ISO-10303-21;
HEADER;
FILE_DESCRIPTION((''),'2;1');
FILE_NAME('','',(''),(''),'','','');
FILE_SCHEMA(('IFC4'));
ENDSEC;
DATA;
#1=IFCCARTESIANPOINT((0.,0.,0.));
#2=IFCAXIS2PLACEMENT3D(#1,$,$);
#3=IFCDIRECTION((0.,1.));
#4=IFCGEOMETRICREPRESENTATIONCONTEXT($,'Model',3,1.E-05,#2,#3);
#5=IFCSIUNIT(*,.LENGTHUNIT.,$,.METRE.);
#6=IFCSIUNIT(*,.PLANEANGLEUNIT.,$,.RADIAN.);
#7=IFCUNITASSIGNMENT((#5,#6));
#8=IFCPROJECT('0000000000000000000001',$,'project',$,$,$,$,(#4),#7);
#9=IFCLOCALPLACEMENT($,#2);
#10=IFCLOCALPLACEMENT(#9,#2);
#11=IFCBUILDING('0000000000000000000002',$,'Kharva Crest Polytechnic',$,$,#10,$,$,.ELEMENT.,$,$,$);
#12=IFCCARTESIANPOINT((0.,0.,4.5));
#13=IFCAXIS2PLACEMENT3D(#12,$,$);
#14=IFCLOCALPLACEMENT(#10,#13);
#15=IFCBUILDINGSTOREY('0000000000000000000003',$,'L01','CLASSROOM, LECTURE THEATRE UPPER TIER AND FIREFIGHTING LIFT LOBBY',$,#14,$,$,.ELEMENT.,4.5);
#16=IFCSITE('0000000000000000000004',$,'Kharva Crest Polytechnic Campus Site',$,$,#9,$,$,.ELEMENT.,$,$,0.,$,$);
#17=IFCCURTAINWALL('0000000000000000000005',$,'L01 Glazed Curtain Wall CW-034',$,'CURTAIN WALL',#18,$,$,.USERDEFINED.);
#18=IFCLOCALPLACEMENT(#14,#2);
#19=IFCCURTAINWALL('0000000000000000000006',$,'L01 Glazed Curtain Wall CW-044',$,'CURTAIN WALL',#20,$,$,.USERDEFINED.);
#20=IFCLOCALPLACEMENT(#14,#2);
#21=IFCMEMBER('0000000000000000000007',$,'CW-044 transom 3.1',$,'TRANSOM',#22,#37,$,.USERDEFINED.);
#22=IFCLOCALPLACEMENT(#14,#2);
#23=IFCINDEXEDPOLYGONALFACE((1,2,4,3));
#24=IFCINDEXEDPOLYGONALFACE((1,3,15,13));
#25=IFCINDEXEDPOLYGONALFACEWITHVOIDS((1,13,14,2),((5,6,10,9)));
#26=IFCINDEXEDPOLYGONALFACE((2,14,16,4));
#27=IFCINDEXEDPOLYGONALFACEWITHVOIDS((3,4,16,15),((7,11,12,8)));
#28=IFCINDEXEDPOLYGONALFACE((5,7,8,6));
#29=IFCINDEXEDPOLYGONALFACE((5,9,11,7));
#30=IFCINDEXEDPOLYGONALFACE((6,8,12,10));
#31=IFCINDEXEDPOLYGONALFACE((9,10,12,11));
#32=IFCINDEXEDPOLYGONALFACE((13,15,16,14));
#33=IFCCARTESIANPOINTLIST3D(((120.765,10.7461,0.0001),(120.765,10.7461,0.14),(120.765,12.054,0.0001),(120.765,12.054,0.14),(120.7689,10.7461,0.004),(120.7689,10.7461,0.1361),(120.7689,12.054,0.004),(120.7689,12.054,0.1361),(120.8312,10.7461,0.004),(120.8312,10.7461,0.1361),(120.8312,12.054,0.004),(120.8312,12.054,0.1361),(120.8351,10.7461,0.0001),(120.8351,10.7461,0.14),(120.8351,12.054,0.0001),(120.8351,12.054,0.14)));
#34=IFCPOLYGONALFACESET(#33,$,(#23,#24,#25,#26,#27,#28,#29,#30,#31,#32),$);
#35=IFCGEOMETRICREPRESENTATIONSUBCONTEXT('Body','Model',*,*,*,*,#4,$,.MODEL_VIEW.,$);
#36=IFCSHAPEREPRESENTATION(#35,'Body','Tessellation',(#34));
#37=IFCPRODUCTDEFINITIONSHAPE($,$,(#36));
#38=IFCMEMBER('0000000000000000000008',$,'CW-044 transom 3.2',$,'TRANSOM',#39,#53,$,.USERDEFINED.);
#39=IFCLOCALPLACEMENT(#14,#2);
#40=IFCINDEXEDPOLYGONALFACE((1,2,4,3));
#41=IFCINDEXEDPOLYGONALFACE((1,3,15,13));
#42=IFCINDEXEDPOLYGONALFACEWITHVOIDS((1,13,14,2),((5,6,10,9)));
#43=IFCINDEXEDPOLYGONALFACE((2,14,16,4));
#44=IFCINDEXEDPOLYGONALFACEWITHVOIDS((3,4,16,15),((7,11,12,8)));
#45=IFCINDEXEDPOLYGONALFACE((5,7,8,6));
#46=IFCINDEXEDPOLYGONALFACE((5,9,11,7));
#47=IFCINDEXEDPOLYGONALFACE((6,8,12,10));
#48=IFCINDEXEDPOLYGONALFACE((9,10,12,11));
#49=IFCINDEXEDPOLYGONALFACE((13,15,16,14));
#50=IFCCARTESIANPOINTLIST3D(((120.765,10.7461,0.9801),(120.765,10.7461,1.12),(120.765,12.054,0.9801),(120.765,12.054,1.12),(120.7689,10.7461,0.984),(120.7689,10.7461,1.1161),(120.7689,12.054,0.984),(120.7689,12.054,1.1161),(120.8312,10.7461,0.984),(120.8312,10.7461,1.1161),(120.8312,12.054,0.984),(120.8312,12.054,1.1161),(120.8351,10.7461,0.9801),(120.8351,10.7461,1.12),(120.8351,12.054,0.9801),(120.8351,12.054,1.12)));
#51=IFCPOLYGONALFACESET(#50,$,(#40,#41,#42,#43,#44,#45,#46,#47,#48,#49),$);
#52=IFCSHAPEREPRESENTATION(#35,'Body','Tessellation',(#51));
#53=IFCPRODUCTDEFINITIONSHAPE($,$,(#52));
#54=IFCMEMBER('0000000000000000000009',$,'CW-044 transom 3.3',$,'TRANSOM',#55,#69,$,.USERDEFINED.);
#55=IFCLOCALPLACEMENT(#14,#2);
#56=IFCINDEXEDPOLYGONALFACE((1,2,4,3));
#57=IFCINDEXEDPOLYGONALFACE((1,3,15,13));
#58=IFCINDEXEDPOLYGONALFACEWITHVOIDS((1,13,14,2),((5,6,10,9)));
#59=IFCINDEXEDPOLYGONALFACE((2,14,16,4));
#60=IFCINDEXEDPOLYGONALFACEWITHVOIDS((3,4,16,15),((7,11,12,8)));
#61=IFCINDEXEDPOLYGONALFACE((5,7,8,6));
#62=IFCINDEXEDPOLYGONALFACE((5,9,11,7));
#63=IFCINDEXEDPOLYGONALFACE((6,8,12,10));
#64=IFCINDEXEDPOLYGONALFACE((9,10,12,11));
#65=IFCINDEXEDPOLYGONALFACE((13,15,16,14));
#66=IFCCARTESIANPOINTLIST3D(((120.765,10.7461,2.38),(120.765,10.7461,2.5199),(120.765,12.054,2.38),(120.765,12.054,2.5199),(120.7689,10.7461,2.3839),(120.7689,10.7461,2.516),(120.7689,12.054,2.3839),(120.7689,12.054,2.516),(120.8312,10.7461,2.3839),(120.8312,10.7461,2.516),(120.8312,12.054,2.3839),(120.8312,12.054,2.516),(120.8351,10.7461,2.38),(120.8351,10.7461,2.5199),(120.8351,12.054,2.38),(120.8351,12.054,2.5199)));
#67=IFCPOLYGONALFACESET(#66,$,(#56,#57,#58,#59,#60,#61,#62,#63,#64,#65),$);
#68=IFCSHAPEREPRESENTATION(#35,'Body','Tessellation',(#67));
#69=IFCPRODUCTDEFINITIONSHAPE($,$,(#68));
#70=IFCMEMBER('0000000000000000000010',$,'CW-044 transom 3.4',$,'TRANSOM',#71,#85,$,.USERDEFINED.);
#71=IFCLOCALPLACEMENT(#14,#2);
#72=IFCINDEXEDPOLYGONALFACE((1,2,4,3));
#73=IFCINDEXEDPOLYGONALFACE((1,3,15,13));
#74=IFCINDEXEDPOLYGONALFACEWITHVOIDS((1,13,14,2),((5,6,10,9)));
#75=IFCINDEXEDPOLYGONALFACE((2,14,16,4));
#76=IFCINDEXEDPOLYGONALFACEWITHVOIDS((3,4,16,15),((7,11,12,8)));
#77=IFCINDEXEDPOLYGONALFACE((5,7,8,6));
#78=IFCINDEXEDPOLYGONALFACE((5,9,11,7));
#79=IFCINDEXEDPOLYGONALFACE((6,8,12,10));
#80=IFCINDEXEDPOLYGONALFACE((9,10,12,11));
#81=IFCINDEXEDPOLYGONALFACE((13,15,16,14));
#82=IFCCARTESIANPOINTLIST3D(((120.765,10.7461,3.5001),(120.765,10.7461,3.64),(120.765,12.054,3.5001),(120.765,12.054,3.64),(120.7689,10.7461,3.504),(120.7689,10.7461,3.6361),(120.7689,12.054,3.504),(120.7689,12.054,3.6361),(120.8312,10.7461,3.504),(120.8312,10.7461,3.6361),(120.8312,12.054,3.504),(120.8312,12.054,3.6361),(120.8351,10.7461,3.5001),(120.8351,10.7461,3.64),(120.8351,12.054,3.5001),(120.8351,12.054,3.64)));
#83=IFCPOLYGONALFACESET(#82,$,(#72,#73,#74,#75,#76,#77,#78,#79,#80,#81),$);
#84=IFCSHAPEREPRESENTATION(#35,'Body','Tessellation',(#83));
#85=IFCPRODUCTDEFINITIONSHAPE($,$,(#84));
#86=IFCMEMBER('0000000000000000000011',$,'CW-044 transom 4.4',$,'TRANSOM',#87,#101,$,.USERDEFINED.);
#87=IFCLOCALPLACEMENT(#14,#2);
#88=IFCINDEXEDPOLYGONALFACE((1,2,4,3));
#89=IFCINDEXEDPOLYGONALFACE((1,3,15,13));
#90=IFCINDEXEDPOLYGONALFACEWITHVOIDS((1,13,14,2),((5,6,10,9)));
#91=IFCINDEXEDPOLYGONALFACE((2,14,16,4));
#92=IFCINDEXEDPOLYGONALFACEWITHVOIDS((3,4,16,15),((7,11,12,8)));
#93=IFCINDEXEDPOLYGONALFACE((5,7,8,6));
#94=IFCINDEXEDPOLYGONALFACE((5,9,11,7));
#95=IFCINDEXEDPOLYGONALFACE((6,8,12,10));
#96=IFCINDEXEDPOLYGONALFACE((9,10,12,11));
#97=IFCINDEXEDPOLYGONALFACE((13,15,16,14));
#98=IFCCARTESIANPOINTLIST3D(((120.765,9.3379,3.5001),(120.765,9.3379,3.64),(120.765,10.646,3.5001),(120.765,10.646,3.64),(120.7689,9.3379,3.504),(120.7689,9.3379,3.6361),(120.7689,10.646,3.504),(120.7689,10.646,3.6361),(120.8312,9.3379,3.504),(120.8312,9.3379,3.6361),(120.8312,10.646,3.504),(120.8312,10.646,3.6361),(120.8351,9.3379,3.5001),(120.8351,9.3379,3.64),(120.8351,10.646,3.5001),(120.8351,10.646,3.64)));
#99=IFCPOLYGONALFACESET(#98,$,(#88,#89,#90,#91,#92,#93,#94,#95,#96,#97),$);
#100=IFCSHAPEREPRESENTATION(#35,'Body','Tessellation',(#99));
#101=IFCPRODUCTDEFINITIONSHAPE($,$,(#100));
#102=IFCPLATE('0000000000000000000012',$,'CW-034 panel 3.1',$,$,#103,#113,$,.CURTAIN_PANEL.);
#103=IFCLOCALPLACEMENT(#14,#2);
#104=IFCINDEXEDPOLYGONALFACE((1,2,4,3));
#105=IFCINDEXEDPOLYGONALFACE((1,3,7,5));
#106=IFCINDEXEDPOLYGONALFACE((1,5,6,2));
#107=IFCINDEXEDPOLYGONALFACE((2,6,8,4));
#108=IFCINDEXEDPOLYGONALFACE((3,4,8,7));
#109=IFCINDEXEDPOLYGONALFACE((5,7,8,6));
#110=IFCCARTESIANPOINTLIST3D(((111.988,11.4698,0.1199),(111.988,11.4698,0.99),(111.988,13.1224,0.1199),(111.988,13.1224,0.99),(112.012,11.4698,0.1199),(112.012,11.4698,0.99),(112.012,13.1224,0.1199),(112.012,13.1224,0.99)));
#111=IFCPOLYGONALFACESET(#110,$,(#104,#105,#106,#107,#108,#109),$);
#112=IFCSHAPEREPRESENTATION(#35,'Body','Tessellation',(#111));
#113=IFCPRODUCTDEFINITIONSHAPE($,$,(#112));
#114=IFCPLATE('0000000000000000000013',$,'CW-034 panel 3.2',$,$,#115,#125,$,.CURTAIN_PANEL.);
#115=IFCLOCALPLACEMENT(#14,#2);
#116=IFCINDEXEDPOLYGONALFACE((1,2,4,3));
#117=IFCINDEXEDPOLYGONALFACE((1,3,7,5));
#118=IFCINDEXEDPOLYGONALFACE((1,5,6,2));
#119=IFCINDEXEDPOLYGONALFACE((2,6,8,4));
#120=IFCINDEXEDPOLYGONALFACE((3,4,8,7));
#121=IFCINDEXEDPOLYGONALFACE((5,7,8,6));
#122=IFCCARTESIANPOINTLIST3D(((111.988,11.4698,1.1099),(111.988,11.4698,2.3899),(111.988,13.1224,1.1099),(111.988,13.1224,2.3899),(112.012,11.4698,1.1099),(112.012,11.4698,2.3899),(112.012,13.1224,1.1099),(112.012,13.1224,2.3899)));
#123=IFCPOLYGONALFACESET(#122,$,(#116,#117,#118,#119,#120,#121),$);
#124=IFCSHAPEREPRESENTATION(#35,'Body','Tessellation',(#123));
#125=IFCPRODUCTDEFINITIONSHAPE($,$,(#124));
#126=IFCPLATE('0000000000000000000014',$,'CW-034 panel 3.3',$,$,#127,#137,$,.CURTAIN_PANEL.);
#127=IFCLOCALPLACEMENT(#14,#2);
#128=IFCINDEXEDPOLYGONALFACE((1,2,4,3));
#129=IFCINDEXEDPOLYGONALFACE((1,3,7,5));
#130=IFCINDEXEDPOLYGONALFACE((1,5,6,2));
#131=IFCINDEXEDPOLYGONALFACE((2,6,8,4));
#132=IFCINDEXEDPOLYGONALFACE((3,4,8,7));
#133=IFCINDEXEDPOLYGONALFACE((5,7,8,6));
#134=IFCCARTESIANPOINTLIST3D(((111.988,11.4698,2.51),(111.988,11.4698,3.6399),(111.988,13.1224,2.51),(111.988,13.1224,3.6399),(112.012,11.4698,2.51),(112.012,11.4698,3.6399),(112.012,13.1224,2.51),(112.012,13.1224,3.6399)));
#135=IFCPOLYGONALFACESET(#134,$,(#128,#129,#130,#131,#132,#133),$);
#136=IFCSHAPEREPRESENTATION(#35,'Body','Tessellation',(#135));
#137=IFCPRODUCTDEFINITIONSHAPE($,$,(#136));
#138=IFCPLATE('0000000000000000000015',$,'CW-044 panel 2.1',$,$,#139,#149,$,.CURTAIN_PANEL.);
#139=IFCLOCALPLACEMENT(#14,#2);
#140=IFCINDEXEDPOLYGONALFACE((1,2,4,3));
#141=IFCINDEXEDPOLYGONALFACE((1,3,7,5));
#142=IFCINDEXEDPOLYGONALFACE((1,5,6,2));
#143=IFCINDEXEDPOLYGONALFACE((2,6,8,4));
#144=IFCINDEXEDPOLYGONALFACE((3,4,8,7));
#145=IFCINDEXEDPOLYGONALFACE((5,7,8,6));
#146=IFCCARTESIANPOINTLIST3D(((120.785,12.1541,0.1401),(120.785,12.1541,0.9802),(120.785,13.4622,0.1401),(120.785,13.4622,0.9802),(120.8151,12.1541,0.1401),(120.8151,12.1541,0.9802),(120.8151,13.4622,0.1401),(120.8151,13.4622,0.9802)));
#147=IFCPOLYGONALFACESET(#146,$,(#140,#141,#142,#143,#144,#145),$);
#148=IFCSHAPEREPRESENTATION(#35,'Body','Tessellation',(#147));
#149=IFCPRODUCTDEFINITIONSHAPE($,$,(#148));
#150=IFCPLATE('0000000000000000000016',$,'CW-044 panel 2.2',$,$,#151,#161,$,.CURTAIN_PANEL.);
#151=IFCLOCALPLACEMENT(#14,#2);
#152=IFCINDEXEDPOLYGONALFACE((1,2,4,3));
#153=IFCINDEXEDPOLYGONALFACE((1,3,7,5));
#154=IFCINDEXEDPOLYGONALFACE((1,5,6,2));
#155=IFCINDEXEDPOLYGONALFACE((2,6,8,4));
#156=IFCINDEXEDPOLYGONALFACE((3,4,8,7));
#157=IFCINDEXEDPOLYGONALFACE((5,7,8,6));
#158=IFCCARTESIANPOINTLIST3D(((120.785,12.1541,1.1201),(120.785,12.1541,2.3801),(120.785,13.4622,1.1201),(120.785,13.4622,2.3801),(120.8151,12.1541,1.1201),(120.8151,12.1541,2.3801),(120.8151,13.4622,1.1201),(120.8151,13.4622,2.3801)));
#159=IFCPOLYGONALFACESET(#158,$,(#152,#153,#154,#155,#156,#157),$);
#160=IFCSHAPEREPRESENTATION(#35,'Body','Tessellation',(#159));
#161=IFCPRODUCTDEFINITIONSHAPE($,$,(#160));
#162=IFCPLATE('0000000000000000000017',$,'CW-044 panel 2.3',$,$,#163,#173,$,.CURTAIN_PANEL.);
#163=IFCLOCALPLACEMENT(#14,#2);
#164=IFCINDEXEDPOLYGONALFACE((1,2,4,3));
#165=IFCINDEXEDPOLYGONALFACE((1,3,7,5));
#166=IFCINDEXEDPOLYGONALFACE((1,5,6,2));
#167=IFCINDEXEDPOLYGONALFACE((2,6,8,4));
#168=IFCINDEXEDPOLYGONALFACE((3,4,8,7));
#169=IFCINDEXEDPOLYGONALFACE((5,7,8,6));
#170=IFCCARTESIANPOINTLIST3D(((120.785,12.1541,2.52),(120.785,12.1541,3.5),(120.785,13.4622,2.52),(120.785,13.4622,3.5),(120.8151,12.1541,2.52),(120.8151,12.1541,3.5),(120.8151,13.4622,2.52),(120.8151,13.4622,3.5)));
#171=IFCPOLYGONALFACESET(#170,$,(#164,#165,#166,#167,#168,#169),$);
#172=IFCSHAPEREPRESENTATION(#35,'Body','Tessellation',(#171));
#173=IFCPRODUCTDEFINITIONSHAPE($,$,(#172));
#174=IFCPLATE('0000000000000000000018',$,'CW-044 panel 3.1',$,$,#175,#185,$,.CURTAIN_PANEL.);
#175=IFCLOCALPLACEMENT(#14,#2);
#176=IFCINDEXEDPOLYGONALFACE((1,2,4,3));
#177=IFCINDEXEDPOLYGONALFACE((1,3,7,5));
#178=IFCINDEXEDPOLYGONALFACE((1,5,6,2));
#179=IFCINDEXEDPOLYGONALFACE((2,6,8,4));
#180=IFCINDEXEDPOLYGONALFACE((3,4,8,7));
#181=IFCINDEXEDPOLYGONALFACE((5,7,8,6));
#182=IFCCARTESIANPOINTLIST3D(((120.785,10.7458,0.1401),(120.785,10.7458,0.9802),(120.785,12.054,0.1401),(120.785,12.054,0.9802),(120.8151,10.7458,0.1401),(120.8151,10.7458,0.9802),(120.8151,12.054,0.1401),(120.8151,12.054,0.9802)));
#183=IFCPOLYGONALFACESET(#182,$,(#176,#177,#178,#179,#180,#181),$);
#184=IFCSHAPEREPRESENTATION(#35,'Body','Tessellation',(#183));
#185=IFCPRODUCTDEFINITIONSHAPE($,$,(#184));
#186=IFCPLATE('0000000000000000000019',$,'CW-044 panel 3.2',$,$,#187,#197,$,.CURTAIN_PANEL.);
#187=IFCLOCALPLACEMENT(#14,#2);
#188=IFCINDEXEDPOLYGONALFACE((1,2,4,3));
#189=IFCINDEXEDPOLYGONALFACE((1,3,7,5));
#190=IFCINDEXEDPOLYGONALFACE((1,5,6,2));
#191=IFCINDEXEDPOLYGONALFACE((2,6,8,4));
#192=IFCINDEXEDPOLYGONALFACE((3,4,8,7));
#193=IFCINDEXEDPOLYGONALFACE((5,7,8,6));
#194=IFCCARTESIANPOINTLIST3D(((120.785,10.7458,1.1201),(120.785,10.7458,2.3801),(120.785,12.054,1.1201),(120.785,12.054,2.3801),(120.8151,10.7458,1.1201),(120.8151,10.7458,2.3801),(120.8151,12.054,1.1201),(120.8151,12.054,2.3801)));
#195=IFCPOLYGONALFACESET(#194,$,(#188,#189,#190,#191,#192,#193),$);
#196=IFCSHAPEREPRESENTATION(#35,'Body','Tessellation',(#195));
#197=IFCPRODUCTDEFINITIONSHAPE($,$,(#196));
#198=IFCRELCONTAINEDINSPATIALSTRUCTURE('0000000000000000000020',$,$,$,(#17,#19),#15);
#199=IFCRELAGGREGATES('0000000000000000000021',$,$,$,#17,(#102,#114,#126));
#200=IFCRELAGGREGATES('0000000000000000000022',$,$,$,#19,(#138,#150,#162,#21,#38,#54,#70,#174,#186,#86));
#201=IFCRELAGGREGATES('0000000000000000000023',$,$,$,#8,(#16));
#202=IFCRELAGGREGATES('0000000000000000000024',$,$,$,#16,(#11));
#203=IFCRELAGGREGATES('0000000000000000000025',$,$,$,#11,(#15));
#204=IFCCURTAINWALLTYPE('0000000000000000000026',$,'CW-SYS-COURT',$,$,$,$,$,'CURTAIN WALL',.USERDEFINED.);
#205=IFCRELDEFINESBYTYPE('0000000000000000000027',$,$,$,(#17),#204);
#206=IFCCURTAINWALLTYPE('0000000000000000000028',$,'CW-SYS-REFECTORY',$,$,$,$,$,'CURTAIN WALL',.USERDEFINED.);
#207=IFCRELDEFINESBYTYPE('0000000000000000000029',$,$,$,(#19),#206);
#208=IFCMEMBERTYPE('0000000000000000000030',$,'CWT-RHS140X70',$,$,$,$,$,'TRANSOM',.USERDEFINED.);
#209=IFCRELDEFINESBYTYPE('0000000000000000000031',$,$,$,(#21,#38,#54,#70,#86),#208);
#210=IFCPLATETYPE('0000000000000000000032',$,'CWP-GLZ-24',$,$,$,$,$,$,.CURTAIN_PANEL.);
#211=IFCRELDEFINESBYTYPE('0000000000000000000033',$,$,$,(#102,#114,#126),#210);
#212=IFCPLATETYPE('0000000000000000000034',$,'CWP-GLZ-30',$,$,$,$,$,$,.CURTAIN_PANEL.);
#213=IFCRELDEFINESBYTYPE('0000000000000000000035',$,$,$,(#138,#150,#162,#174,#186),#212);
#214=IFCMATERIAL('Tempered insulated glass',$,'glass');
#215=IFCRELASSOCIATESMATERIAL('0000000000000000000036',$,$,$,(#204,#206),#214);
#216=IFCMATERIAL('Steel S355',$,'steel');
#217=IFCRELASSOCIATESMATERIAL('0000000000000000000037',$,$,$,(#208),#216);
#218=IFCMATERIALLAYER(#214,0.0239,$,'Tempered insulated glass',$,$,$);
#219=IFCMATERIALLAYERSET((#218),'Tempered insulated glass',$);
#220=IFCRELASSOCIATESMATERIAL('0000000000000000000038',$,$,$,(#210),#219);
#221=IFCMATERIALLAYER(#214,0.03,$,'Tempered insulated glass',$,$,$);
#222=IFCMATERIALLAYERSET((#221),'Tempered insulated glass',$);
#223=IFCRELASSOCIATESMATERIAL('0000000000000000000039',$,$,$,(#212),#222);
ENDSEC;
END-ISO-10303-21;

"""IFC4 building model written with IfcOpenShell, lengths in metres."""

from ifc_helpers import new_model, si_unit, direction, frame, origin, origin_2d, place, context, subcontext, project, spatial, rectangle, hollow_rectangle, extrude, material, layer, layer_set, material_profile, profile_set, type_object, element, aggregate, save


model = new_model("IFC4")

# Units and contexts
model_context = context("Model", 3, precision=1e-05, world=origin(), true_north=direction((0.0, 1.0)))
body_context = subcontext(model_context, "Body", "Model", "MODEL_VIEW")
ifc_project = project(units=[si_unit("LENGTHUNIT", "METRE"), si_unit("PLANEANGLEUNIT", "RADIAN")], contexts=[model_context])

# Site, building, storey
site_placement = place(None, origin())
site = spatial("IfcSite", under=ifc_project, at=site_placement, Name="Kharva Crest Polytechnic Campus Site", CompositionType="ELEMENT", RefElevation=0.0)
building_placement = place(site_placement, origin())
building = spatial("IfcBuilding", under=site, at=building_placement, Name="Kharva Crest Polytechnic", CompositionType="ELEMENT")
storey_placement = place(building_placement, frame((0.0, 0.0, 4.5)))
storey = spatial("IfcBuildingStorey", under=building, at=storey_placement, Name="L01", Description="CLASSROOM, LECTURE THEATRE UPPER TIER AND FIREFIGHTING LIFT LOBBY", CompositionType="ELEMENT", Elevation=4.5)

# Curtain wall
ifc_material_1 = material(Name="Tempered insulated glass", Category="glass")
curtain_wall_type_1 = type_object("IfcCurtainWallType", Name="CW-SYS-COURT", ElementType="CURTAIN WALL", PredefinedType="USERDEFINED", material=ifc_material_1)
curtain_wall_1_placement = place(storey_placement, origin())
curtain_wall_1 = element("IfcCurtainWall", 1, at=curtain_wall_1_placement, inside=storey, type_object=curtain_wall_type_1, Name="L01 Glazed Curtain Wall CW-034", ObjectType="CURTAIN WALL", PredefinedType="USERDEFINED")
ifc_material_2 = material(Name="Steel S355", Category="steel")

# Curtain wall
curtain_wall_type_2 = type_object("IfcCurtainWallType", Name="CW-SYS-REFECTORY", ElementType="CURTAIN WALL", PredefinedType="USERDEFINED", material=ifc_material_1)
curtain_wall_2_placement = place(storey_placement, origin())
curtain_wall_2 = element("IfcCurtainWall", 2, at=curtain_wall_2_placement, inside=storey, type_object=curtain_wall_type_2, Name="L01 Glazed Curtain Wall CW-044", ObjectType="CURTAIN WALL", PredefinedType="USERDEFINED")

# Members
ifc_material_profile_1 = material_profile(ifc_material_2, hollow_rectangle(XDim=0.0701, YDim=0.1399, WallThickness=0.0039, at=origin_2d()), Name="RHS 140X70X4.0")
ifc_profile_set_1 = profile_set([ifc_material_profile_1], Name="Steel S355")
member_type_1 = type_object("IfcMemberType", Name="CWT-RHS140X70", ElementType="TRANSOM", PredefinedType="USERDEFINED", material=ifc_profile_set_1)
member_1_placement = place(storey_placement, frame((120.8, 12.054, 0.0701), z_axis=(0.0, -1.0, 0.0), x_axis=(1.0, 0.0, 0.0)))
member_1 = element("IfcMember", 3, at=member_1_placement, type_object=member_type_1, Name="CW-044 transom 3.1", ObjectType="TRANSOM", PredefinedType="USERDEFINED", context=body_context, shape_type="SweptSolid", body=[
    extrude(hollow_rectangle(XDim=0.0701, YDim=0.1399, WallThickness=0.0039, at=origin_2d()), origin(), (0.0, 0.0, 1.0), 1.3079),
])
member_2_placement = place(storey_placement, frame((120.8, 12.054, 1.05), z_axis=(0.0, -1.0, 0.0), x_axis=(1.0, 0.0, 0.0)))
member_2 = element("IfcMember", 4, at=member_2_placement, type_object=member_type_1, Name="CW-044 transom 3.2", ObjectType="TRANSOM", PredefinedType="USERDEFINED", context=body_context, shape_type="SweptSolid", body=[
    extrude(hollow_rectangle(XDim=0.0701, YDim=0.1399, WallThickness=0.0039, at=origin_2d()), origin(), (0.0, 0.0, 1.0), 1.3079),
])
member_3_placement = place(storey_placement, frame((120.8, 12.054, 2.45), z_axis=(0.0, -1.0, 0.0), x_axis=(1.0, 0.0, 0.0)))
member_3 = element("IfcMember", 5, at=member_3_placement, type_object=member_type_1, Name="CW-044 transom 3.3", ObjectType="TRANSOM", PredefinedType="USERDEFINED", context=body_context, shape_type="SweptSolid", body=[
    extrude(hollow_rectangle(XDim=0.0701, YDim=0.1399, WallThickness=0.0039, at=origin_2d()), origin(), (0.0, 0.0, 1.0), 1.3079),
])
member_4_placement = place(storey_placement, frame((120.8, 12.054, 3.5701), z_axis=(0.0, -1.0, 0.0), x_axis=(1.0, 0.0, 0.0)))
member_4 = element("IfcMember", 6, at=member_4_placement, type_object=member_type_1, Name="CW-044 transom 3.4", ObjectType="TRANSOM", PredefinedType="USERDEFINED", context=body_context, shape_type="SweptSolid", body=[
    extrude(hollow_rectangle(XDim=0.0701, YDim=0.1399, WallThickness=0.0039, at=origin_2d()), origin(), (0.0, 0.0, 1.0), 1.3079),
])
member_5_placement = place(storey_placement, frame((120.8, 10.646, 3.5701), z_axis=(0.0, -1.0, 0.0), x_axis=(1.0, 0.0, 0.0)))
member_5 = element("IfcMember", 7, at=member_5_placement, type_object=member_type_1, Name="CW-044 transom 4.4", ObjectType="TRANSOM", PredefinedType="USERDEFINED", context=body_context, shape_type="SweptSolid", body=[
    extrude(hollow_rectangle(XDim=0.0701, YDim=0.1399, WallThickness=0.0039, at=origin_2d()), origin(), (0.0, 0.0, 1.0), 1.3081),
])

# Plates
ifc_layer_1 = layer(ifc_material_1, 0.0239, Name="Tempered insulated glass")
ifc_layer_set_1 = layer_set([ifc_layer_1], Name="Tempered insulated glass")
plate_type_1 = type_object("IfcPlateType", Name="CWP-GLZ-24", PredefinedType="CURTAIN_PANEL", material=ifc_layer_set_1)
plate_1_placement = place(storey_placement, frame((112.0, 12.2961, 0.1199), z_axis=(0.0, 0.0, 1.0), x_axis=(0.0, 1.0, 0.0)))
plate_1 = element("IfcPlate", 8, at=plate_1_placement, type_object=plate_type_1, Name="CW-034 panel 3.1", PredefinedType="CURTAIN_PANEL", context=body_context, shape_type="SweptSolid", body=[
    extrude(rectangle(XDim=1.6526, YDim=0.0239, at=origin_2d()), origin(), (0.0, 0.0, 1.0), 0.8701),
])
plate_2_placement = place(storey_placement, frame((112.0, 12.2961, 1.1099), z_axis=(0.0, 0.0, 1.0), x_axis=(0.0, 1.0, 0.0)))
plate_2 = element("IfcPlate", 9, at=plate_2_placement, type_object=plate_type_1, Name="CW-034 panel 3.2", PredefinedType="CURTAIN_PANEL", context=body_context, shape_type="SweptSolid", body=[
    extrude(rectangle(XDim=1.6526, YDim=0.0239, at=origin_2d()), origin(), (0.0, 0.0, 1.0), 1.28),
])
plate_3_placement = place(storey_placement, frame((112.0, 12.2961, 2.51), z_axis=(0.0, 0.0, 1.0), x_axis=(0.0, 1.0, 0.0)))
plate_3 = element("IfcPlate", 10, at=plate_3_placement, type_object=plate_type_1, Name="CW-034 panel 3.3", PredefinedType="CURTAIN_PANEL", context=body_context, shape_type="SweptSolid", body=[
    extrude(rectangle(XDim=1.6526, YDim=0.0239, at=origin_2d()), origin(), (0.0, 0.0, 1.0), 1.1299),
])
aggregate(curtain_wall_1, [plate_1, plate_2, plate_3])
ifc_layer_2 = layer(ifc_material_1, 0.03, Name="Tempered insulated glass")
ifc_layer_set_2 = layer_set([ifc_layer_2], Name="Tempered insulated glass")
plate_type_2 = type_object("IfcPlateType", Name="CWP-GLZ-30", PredefinedType="CURTAIN_PANEL", material=ifc_layer_set_2)
plate_4_placement = place(storey_placement, frame((120.8, 12.8081, 0.1401), z_axis=(0.0, 0.0, 1.0), x_axis=(0.0, -1.0, 0.0)))
plate_4 = element("IfcPlate", 11, at=plate_4_placement, type_object=plate_type_2, Name="CW-044 panel 2.1", PredefinedType="CURTAIN_PANEL", context=body_context, shape_type="SweptSolid", body=[
    extrude(rectangle(XDim=1.3081, YDim=0.03, at=origin_2d()), origin(), (0.0, 0.0, 1.0), 0.8401),
])
plate_5_placement = place(storey_placement, frame((120.8, 12.8081, 1.1201), z_axis=(0.0, 0.0, 1.0), x_axis=(0.0, -1.0, 0.0)))
plate_5 = element("IfcPlate", 12, at=plate_5_placement, type_object=plate_type_2, Name="CW-044 panel 2.2", PredefinedType="CURTAIN_PANEL", context=body_context, shape_type="SweptSolid", body=[
    extrude(rectangle(XDim=1.3081, YDim=0.03, at=origin_2d()), origin(), (0.0, 0.0, 1.0), 1.26),
])
plate_6_placement = place(storey_placement, frame((120.8, 12.8081, 2.52), z_axis=(0.0, 0.0, 1.0), x_axis=(0.0, -1.0, 0.0)))
plate_6 = element("IfcPlate", 13, at=plate_6_placement, type_object=plate_type_2, Name="CW-044 panel 2.3", PredefinedType="CURTAIN_PANEL", context=body_context, shape_type="SweptSolid", body=[
    extrude(rectangle(XDim=1.3081, YDim=0.03, at=origin_2d()), origin(), (0.0, 0.0, 1.0), 0.98),
])
plate_7_placement = place(storey_placement, frame((120.8, 11.3999, 0.1401), z_axis=(0.0, 0.0, 1.0), x_axis=(0.0, -1.0, 0.0)))
plate_7 = element("IfcPlate", 14, at=plate_7_placement, type_object=plate_type_2, Name="CW-044 panel 3.1", PredefinedType="CURTAIN_PANEL", context=body_context, shape_type="SweptSolid", body=[
    extrude(rectangle(XDim=1.3081, YDim=0.03, at=origin_2d()), origin(), (0.0, 0.0, 1.0), 0.8401),
])
plate_8_placement = place(storey_placement, frame((120.8, 11.3999, 1.1201), z_axis=(0.0, 0.0, 1.0), x_axis=(0.0, -1.0, 0.0)))
plate_8 = element("IfcPlate", 15, at=plate_8_placement, type_object=plate_type_2, Name="CW-044 panel 3.2", PredefinedType="CURTAIN_PANEL", context=body_context, shape_type="SweptSolid", body=[
    extrude(rectangle(XDim=1.3081, YDim=0.03, at=origin_2d()), origin(), (0.0, 0.0, 1.0), 1.26),
])
aggregate(curtain_wall_2, [plate_4, plate_5, plate_6, member_1, member_2, member_3, member_4, plate_7, plate_8, member_5])

save(model, "model.ifc")
